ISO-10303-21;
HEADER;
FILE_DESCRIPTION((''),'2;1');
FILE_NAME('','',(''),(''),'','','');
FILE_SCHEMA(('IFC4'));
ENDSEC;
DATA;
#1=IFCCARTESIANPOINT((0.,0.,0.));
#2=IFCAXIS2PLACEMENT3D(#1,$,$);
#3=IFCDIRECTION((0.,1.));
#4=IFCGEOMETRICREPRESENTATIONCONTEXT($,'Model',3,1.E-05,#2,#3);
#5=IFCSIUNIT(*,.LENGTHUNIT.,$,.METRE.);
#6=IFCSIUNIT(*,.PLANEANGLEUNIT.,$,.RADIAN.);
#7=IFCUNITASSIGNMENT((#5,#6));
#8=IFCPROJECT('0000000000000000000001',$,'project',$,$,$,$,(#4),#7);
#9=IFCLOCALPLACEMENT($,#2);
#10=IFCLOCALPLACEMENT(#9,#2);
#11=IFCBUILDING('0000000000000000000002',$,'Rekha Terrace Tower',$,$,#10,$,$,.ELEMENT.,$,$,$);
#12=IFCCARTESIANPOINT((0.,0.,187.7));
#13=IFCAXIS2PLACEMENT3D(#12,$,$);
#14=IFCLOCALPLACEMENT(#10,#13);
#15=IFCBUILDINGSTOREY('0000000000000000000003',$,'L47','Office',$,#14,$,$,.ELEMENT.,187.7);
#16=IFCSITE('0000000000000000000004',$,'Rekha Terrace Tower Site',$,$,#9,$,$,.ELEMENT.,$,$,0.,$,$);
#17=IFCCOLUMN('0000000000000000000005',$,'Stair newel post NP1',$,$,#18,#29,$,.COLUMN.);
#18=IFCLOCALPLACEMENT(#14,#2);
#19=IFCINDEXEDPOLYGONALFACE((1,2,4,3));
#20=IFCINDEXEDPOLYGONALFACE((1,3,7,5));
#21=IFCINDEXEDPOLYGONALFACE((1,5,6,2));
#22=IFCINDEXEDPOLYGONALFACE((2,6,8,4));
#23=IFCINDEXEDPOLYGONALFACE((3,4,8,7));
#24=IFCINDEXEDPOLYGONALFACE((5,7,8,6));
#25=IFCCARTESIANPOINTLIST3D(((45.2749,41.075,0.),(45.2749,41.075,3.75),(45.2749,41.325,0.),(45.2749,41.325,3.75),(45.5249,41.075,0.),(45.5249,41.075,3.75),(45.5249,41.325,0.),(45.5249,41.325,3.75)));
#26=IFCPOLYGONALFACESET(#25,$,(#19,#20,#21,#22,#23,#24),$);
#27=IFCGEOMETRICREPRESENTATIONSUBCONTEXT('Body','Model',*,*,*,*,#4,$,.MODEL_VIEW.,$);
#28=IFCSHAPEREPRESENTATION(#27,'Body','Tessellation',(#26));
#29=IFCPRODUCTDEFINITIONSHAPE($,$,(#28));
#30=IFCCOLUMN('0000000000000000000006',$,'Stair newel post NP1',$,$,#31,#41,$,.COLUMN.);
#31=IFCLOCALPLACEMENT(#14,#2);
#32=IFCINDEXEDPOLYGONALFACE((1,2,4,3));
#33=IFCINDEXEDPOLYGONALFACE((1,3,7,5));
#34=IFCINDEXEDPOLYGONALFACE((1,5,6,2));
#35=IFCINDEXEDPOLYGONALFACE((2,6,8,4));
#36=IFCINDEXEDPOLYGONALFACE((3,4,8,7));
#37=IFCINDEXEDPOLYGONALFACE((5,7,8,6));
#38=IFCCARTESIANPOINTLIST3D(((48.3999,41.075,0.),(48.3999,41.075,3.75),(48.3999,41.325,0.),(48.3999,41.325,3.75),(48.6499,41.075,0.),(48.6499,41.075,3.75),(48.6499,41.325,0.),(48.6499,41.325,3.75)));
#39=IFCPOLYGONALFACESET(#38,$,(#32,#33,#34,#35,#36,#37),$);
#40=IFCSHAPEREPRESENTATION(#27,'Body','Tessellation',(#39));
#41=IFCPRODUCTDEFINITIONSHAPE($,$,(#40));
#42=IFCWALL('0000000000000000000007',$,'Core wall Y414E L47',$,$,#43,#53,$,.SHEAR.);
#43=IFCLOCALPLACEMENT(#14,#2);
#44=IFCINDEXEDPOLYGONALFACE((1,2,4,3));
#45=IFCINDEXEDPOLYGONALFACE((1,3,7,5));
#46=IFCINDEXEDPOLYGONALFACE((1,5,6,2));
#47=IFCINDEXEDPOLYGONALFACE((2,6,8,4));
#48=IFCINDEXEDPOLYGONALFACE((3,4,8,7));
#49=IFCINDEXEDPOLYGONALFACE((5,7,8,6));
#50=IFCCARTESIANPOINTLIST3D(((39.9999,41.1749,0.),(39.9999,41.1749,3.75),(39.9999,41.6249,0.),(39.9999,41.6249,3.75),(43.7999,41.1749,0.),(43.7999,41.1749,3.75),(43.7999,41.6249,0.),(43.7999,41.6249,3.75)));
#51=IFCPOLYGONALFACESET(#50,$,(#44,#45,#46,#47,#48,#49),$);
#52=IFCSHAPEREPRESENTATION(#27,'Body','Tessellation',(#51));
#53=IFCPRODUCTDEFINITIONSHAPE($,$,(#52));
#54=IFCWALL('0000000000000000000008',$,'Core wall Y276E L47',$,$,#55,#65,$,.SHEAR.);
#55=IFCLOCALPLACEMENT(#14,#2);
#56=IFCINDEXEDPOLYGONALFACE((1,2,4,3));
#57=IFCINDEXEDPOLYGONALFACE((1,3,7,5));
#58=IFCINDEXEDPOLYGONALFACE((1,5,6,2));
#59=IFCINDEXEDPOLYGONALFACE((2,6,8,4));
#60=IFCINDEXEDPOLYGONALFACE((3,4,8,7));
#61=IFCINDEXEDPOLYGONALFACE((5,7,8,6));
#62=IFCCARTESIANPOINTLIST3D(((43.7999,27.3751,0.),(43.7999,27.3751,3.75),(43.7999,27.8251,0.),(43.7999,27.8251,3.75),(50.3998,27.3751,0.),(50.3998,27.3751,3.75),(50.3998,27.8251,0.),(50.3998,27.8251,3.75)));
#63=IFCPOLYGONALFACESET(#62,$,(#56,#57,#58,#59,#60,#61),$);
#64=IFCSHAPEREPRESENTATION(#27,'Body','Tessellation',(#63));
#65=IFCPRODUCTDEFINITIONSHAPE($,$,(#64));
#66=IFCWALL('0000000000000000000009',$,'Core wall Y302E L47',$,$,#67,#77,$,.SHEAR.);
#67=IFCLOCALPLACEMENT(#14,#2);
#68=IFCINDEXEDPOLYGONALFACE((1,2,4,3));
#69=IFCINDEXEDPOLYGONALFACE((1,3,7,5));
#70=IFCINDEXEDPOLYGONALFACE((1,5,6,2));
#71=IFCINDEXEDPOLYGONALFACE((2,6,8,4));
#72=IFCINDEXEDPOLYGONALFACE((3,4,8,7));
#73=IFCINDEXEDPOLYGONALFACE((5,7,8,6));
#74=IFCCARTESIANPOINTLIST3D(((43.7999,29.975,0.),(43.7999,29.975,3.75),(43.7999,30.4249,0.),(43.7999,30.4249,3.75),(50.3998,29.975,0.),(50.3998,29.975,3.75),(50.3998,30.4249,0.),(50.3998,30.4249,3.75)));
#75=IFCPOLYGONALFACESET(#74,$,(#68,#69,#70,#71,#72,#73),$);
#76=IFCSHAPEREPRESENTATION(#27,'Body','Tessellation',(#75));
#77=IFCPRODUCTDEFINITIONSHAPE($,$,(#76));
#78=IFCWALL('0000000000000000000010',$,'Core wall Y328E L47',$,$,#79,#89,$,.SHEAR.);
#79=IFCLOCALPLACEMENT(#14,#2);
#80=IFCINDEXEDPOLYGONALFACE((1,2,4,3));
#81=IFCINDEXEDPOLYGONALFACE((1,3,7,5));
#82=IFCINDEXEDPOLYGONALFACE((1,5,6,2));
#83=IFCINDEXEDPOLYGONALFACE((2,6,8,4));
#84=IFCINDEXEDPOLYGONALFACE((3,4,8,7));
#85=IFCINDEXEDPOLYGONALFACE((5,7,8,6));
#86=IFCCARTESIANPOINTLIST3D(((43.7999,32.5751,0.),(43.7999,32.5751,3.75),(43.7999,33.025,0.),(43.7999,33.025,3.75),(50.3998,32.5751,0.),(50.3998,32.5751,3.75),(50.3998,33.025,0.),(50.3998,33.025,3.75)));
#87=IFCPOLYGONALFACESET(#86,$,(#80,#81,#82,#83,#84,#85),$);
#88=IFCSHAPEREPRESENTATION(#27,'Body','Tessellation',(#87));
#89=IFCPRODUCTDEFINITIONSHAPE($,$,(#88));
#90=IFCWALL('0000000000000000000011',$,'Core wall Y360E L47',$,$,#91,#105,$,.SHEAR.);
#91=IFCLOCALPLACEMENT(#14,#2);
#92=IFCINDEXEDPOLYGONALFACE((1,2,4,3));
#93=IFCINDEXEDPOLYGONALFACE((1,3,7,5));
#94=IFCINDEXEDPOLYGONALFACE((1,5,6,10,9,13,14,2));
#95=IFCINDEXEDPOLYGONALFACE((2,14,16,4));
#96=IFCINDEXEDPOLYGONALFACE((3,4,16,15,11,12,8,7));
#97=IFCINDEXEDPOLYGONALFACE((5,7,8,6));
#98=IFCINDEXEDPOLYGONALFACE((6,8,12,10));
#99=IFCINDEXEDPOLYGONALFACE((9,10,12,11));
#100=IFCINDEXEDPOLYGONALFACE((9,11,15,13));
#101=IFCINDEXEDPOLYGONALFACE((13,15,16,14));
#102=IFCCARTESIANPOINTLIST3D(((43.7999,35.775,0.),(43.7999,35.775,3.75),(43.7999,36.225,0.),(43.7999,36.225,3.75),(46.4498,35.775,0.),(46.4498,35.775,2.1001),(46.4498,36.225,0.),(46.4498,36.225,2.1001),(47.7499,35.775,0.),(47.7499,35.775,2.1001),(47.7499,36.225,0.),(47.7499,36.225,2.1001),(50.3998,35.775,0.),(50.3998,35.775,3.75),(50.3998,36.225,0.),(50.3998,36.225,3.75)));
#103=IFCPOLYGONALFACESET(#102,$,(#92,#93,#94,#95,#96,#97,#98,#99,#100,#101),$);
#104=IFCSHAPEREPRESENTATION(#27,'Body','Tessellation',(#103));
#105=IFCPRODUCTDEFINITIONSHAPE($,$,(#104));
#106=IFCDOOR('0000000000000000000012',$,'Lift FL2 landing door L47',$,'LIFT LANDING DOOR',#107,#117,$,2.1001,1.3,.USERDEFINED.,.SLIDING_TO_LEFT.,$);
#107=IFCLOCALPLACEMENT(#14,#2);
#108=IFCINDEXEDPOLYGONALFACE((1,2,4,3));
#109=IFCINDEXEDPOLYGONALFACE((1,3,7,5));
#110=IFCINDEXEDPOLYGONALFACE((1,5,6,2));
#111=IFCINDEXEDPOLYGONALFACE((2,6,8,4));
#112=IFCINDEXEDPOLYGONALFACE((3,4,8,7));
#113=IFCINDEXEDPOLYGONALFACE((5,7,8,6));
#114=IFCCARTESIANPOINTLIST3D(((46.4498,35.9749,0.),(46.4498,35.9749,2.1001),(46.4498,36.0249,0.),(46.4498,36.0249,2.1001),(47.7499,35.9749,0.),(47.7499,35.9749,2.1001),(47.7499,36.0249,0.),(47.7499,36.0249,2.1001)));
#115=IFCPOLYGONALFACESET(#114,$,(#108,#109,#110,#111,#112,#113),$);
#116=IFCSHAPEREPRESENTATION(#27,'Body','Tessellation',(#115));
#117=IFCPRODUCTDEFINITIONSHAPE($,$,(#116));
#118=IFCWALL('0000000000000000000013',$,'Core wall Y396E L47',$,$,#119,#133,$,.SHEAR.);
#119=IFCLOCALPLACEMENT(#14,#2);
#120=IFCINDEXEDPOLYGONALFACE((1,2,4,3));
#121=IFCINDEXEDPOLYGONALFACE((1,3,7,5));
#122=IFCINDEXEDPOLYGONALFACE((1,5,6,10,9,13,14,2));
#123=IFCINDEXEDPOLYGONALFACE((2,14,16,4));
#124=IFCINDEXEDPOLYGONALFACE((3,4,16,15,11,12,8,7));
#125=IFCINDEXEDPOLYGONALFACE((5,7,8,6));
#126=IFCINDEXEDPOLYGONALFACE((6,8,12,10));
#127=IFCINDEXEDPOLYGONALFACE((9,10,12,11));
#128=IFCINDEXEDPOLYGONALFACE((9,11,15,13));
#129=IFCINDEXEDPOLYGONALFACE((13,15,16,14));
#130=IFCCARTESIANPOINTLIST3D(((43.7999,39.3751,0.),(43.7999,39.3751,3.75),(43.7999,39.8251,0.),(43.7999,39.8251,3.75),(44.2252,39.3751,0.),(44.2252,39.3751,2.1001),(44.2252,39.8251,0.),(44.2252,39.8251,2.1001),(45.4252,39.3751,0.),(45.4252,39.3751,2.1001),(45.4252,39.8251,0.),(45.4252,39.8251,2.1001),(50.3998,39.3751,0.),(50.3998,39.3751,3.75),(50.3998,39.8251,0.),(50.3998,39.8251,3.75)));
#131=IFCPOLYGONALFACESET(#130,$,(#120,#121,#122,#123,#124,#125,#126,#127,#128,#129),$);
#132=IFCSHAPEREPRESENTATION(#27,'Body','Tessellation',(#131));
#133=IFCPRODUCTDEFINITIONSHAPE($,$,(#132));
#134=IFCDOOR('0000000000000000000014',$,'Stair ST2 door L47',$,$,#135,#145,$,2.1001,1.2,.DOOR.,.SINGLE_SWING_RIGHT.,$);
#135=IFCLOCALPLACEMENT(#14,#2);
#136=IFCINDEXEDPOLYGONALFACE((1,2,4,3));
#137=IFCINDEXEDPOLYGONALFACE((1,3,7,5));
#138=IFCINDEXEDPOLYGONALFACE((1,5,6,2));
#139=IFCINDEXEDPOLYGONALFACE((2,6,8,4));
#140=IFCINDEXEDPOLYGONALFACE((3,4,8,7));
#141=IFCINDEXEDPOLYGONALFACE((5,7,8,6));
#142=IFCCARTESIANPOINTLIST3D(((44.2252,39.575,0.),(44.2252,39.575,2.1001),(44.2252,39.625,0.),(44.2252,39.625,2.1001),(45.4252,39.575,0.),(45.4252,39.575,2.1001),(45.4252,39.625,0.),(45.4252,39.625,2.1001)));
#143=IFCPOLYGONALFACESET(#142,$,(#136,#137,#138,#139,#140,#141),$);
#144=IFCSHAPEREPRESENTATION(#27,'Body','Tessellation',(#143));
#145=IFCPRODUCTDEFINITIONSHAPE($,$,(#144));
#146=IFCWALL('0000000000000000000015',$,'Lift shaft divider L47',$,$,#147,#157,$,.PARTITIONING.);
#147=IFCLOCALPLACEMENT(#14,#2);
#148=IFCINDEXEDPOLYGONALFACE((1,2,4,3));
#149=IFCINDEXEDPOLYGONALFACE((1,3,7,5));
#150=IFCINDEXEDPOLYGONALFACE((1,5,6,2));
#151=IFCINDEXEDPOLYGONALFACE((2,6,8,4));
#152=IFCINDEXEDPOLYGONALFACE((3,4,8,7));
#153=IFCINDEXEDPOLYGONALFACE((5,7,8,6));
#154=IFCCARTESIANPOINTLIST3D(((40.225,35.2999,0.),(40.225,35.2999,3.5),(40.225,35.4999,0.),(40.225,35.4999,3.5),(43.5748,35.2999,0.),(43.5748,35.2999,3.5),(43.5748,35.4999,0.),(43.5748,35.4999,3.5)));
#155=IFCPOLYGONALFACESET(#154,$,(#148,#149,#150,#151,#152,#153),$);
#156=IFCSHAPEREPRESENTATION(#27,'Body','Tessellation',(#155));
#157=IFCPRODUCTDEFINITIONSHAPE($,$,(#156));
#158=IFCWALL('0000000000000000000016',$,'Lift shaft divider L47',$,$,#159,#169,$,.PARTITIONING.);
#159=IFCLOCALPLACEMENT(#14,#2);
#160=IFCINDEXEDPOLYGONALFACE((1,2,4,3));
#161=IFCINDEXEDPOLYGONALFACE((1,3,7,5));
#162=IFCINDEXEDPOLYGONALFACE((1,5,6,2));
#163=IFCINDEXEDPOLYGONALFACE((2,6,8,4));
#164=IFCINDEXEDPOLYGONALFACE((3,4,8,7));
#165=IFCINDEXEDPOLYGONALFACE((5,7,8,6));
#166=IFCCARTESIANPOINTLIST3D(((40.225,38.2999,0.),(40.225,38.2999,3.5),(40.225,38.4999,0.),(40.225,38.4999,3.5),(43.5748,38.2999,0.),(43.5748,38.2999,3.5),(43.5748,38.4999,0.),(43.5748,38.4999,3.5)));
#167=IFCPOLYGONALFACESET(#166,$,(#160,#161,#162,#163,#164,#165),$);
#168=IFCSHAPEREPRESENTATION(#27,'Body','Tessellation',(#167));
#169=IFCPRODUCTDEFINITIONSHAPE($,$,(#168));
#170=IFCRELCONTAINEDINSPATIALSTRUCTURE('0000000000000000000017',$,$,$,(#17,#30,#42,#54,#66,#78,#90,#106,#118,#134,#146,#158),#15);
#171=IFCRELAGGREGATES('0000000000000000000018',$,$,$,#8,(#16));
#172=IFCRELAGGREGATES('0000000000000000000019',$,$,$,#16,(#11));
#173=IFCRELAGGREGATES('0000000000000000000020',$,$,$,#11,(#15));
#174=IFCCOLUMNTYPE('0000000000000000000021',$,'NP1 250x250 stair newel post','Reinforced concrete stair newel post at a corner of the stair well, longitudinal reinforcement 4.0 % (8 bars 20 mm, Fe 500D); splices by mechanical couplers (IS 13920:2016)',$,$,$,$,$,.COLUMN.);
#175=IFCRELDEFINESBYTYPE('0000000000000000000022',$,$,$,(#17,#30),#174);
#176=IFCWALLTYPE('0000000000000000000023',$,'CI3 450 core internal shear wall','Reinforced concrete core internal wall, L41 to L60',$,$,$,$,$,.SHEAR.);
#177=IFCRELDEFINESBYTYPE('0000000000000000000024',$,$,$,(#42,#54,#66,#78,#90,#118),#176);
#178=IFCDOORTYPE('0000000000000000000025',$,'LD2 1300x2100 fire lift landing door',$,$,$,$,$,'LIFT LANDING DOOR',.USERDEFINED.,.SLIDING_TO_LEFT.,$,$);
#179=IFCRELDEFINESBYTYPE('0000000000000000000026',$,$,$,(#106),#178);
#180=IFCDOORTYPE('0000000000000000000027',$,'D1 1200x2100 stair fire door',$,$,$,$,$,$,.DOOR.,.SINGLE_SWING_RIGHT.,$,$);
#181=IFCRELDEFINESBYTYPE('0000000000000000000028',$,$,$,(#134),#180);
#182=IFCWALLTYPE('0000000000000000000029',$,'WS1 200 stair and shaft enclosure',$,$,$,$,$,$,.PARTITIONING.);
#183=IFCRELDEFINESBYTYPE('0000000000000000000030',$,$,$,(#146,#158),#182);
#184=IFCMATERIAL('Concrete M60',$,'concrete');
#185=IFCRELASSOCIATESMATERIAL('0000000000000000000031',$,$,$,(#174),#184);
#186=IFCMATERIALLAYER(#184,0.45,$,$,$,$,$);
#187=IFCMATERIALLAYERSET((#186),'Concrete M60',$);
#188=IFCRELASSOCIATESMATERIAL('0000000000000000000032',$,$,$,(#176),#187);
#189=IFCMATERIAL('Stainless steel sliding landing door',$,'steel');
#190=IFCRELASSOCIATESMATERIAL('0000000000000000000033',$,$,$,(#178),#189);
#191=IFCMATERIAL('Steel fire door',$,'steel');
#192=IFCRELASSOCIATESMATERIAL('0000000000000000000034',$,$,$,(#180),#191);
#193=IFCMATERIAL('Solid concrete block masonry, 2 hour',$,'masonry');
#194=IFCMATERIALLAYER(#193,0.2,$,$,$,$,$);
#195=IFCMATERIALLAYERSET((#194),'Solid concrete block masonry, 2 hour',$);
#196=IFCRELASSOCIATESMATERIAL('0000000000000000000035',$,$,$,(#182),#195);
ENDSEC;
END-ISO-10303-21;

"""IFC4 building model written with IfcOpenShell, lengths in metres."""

from ifc_helpers import new_model, si_unit, direction, frame, frame_2d, origin, origin_2d, place, context, subcontext, project, spatial, rectangle, extrude, material, layer, layer_set, material_profile, profile_set, type_object, element, fill, save


model = new_model("IFC4")

# Units and contexts
model_context = context("Model", 3, precision=1e-05, world=origin(), true_north=direction((0.0, 1.0)))
body_context = subcontext(model_context, "Body", "Model", "MODEL_VIEW")
ifc_project = project(units=[si_unit("LENGTHUNIT", "METRE"), si_unit("PLANEANGLEUNIT", "RADIAN")], contexts=[model_context])

# Site, building, storey
site_placement = place(None, origin())
site = spatial("IfcSite", under=ifc_project, at=site_placement, Name="Rekha Terrace Tower Site", CompositionType="ELEMENT", RefElevation=0.0)
building_placement = place(site_placement, origin())
building = spatial("IfcBuilding", under=site, at=building_placement, Name="Rekha Terrace Tower", CompositionType="ELEMENT")
storey_placement = place(building_placement, frame((0.0, 0.0, 187.7)))
storey = spatial("IfcBuildingStorey", under=building, at=storey_placement, Name="L47", Description="Office", CompositionType="ELEMENT", Elevation=187.7)

# Columns
ifc_material_1 = material(Name="Concrete M60", Category="concrete")
ifc_material_profile = material_profile(ifc_material_1, rectangle(XDim=0.25, YDim=0.25, at=origin_2d()), Name="RC 250x250")
ifc_profile_set = profile_set([ifc_material_profile], Name="Concrete M60")
column_type = type_object("IfcColumnType", Name="NP1 250x250 stair newel post", Description="Reinforced concrete stair newel post at a corner of the stair well, longitudinal reinforcement 4.0 % (8 bars 20 mm, Fe 500D); splices by mechanical couplers (IS 13920:2016)", PredefinedType="COLUMN", material=ifc_profile_set)
for number, where, z_axis, x_axis, name in (
    (1, (45.3999, 41.2, 0.0), (0.0, 0.0, 1.0), (1.0, 0.0, 0.0), "Stair newel post NP1"),
    (2, (48.5249, 41.2, 0.0), (0.0, 0.0, 1.0), (1.0, 0.0, 0.0), "Stair newel post NP1"),
):
    element("IfcColumn", number, at=place(storey_placement, frame(where, z_axis=z_axis, x_axis=x_axis)), inside=storey, type_object=column_type, Name=name, PredefinedType="COLUMN", context=body_context, shape_type="SweptSolid", body=[
        extrude(rectangle(XDim=0.25, YDim=0.25, at=origin_2d()), origin(), (0.0, 0.0, 1.0), 3.75),
    ])

# Walls
ifc_layer_1 = layer(ifc_material_1, 0.45)
ifc_layer_set_1 = layer_set([ifc_layer_1], Name="Concrete M60")
wall_type_1 = type_object("IfcWallType", Name="CI3 450 core internal shear wall", Description="Reinforced concrete core internal wall, L41 to L60", PredefinedType="SHEAR", material=ifc_layer_set_1)
wall_1_placement = place(storey_placement, frame((40.0, 41.3999, 0.0), z_axis=(0.0, 0.0, 1.0), x_axis=(1.0, 0.0, 0.0)))
element("IfcWall", 3, at=wall_1_placement, inside=storey, type_object=wall_type_1, Name="Core wall Y414E L47", PredefinedType="SHEAR", context=body_context, shape_type="SweptSolid", body=[
    extrude(rectangle(XDim=3.8, YDim=0.45, at=frame_2d((1.8999, 0.0))), origin(), (0.0, 0.0, 1.0), 3.75),
])
for number, where, z_axis, x_axis, name in (
    (4, (43.8, 27.6001, 0.0), (0.0, 0.0, 1.0), (1.0, 0.0, 0.0), "Core wall Y276E L47"),
    (5, (43.8, 30.2, 0.0), (0.0, 0.0, 1.0), (1.0, 0.0, 0.0), "Core wall Y302E L47"),
    (6, (43.8, 32.8, 0.0), (0.0, 0.0, 1.0), (1.0, 0.0, 0.0), "Core wall Y328E L47"),
):
    element("IfcWall", number, at=place(storey_placement, frame(where, z_axis=z_axis, x_axis=x_axis)), inside=storey, type_object=wall_type_1, Name=name, PredefinedType="SHEAR", context=body_context, shape_type="SweptSolid", body=[
        extrude(rectangle(XDim=6.5999, YDim=0.45, at=frame_2d((3.2998, 0.0))), origin(), (0.0, 0.0, 1.0), 3.75),
    ])

# Walls, openings, doors
wall_2_placement = place(storey_placement, frame((43.8, 36.0, 0.0), z_axis=(0.0, 0.0, 1.0), x_axis=(1.0, 0.0, 0.0)))
wall_2 = element("IfcWall", 7, at=wall_2_placement, inside=storey, type_object=wall_type_1, Name="Core wall Y360E L47", PredefinedType="SHEAR", context=body_context, shape_type="SweptSolid", body=[
    extrude(rectangle(XDim=6.5999, YDim=0.45, at=frame_2d((3.2998, 0.0))), origin(), (0.0, 0.0, 1.0), 3.75),
])
opening_1_placement = place(wall_2_placement, frame((2.6499, 0.0, 0.0)))
opening_1 = element("IfcOpeningElement", 8, at=opening_1_placement, cuts=wall_2, PredefinedType="OPENING", context=body_context, shape_type="SweptSolid", body=[
    extrude(rectangle(XDim=1.3, YDim=2.1001, at=frame_2d((0.6499, 1.05))), frame((0.0, 0.2349, 0.0), z_axis=(0.0, -1.0, 0.0), x_axis=(1.0, 0.0, 0.0)), (0.0, 0.0, 1.0), 0.47),
])
ifc_material_2 = material(Name="Stainless steel sliding landing door", Category="steel")
door_type_1 = type_object("IfcDoorType", Name="LD2 1300x2100 fire lift landing door", ElementType="LIFT LANDING DOOR", OperationType="SLIDING_TO_LEFT", PredefinedType="USERDEFINED", material=ifc_material_2)
door_1_placement = place(opening_1_placement, origin())
door_1 = element("IfcDoor", 9, at=door_1_placement, inside=storey, type_object=door_type_1, Name="Lift FL2 landing door L47", ObjectType="LIFT LANDING DOOR", OperationType="SLIDING_TO_LEFT", OverallHeight=2.1001, OverallWidth=1.3, PredefinedType="USERDEFINED", context=body_context, shape_type="SweptSolid", body=[
    extrude(rectangle(XDim=1.3, YDim=2.1001, at=frame_2d((0.6499, 1.05))), frame((0.0, 0.0249, 0.0), z_axis=(0.0, -1.0, 0.0), x_axis=(1.0, 0.0, 0.0)), (0.0, 0.0, 1.0), 0.05),
])
fill(opening_1, door_1)
wall_3_placement = place(storey_placement, frame((43.8, 39.6001, 0.0), z_axis=(0.0, 0.0, 1.0), x_axis=(1.0, 0.0, 0.0)))
wall_3 = element("IfcWall", 10, at=wall_3_placement, inside=storey, type_object=wall_type_1, Name="Core wall Y396E L47", PredefinedType="SHEAR", context=body_context, shape_type="SweptSolid", body=[
    extrude(rectangle(XDim=6.5999, YDim=0.45, at=frame_2d((3.2998, 0.0))), origin(), (0.0, 0.0, 1.0), 3.75),
])
opening_2_placement = place(wall_3_placement, frame((0.425, 0.0, 0.0)))
opening_2 = element("IfcOpeningElement", 11, at=opening_2_placement, cuts=wall_3, PredefinedType="OPENING", context=body_context, shape_type="SweptSolid", body=[
    extrude(rectangle(XDim=1.2, YDim=2.1001, at=frame_2d((0.6001, 1.05))), frame((0.0, 0.2349, 0.0), z_axis=(0.0, -1.0, 0.0), x_axis=(1.0, 0.0, 0.0)), (0.0, 0.0, 1.0), 0.47),
])
ifc_material_3 = material(Name="Steel fire door", Category="steel")
door_type_2 = type_object("IfcDoorType", Name="D1 1200x2100 stair fire door", OperationType="SINGLE_SWING_RIGHT", PredefinedType="DOOR", material=ifc_material_3)
door_2_placement = place(opening_2_placement, origin())
door_2 = element("IfcDoor", 12, at=door_2_placement, inside=storey, type_object=door_type_2, Name="Stair ST2 door L47", OperationType="SINGLE_SWING_RIGHT", OverallHeight=2.1001, OverallWidth=1.2, PredefinedType="DOOR", context=body_context, shape_type="SweptSolid", body=[
    extrude(rectangle(XDim=1.2, YDim=2.1001, at=frame_2d((0.6001, 1.05))), frame((0.0, 0.0249, 0.0), z_axis=(0.0, -1.0, 0.0), x_axis=(1.0, 0.0, 0.0)), (0.0, 0.0, 1.0), 0.05),
])
fill(opening_2, door_2)

# Walls
ifc_material_4 = material(Name="Solid concrete block masonry, 2 hour", Category="masonry")
ifc_layer_2 = layer(ifc_material_4, 0.2)
ifc_layer_set_2 = layer_set([ifc_layer_2], Name="Solid concrete block masonry, 2 hour")
wall_type_2 = type_object("IfcWallType", Name="WS1 200 stair and shaft enclosure", PredefinedType="PARTITIONING", material=ifc_layer_set_2)
for number, where, z_axis, x_axis, name in (
    (13, (40.2251, 35.3999, 0.0), (0.0, 0.0, 1.0), (1.0, 0.0, 0.0), "Lift shaft divider L47"),
    (14, (40.2251, 38.3999, 0.0), (0.0, 0.0, 1.0), (1.0, 0.0, 0.0), "Lift shaft divider L47"),
):
    element("IfcWall", number, at=place(storey_placement, frame(where, z_axis=z_axis, x_axis=x_axis)), inside=storey, type_object=wall_type_2, Name=name, PredefinedType="PARTITIONING", context=body_context, shape_type="SweptSolid", body=[
        extrude(rectangle(XDim=3.3499, YDim=0.2, at=frame_2d((1.6748, 0.0))), origin(), (0.0, 0.0, 1.0), 3.5),
    ])

save(model, "model.ifc")
